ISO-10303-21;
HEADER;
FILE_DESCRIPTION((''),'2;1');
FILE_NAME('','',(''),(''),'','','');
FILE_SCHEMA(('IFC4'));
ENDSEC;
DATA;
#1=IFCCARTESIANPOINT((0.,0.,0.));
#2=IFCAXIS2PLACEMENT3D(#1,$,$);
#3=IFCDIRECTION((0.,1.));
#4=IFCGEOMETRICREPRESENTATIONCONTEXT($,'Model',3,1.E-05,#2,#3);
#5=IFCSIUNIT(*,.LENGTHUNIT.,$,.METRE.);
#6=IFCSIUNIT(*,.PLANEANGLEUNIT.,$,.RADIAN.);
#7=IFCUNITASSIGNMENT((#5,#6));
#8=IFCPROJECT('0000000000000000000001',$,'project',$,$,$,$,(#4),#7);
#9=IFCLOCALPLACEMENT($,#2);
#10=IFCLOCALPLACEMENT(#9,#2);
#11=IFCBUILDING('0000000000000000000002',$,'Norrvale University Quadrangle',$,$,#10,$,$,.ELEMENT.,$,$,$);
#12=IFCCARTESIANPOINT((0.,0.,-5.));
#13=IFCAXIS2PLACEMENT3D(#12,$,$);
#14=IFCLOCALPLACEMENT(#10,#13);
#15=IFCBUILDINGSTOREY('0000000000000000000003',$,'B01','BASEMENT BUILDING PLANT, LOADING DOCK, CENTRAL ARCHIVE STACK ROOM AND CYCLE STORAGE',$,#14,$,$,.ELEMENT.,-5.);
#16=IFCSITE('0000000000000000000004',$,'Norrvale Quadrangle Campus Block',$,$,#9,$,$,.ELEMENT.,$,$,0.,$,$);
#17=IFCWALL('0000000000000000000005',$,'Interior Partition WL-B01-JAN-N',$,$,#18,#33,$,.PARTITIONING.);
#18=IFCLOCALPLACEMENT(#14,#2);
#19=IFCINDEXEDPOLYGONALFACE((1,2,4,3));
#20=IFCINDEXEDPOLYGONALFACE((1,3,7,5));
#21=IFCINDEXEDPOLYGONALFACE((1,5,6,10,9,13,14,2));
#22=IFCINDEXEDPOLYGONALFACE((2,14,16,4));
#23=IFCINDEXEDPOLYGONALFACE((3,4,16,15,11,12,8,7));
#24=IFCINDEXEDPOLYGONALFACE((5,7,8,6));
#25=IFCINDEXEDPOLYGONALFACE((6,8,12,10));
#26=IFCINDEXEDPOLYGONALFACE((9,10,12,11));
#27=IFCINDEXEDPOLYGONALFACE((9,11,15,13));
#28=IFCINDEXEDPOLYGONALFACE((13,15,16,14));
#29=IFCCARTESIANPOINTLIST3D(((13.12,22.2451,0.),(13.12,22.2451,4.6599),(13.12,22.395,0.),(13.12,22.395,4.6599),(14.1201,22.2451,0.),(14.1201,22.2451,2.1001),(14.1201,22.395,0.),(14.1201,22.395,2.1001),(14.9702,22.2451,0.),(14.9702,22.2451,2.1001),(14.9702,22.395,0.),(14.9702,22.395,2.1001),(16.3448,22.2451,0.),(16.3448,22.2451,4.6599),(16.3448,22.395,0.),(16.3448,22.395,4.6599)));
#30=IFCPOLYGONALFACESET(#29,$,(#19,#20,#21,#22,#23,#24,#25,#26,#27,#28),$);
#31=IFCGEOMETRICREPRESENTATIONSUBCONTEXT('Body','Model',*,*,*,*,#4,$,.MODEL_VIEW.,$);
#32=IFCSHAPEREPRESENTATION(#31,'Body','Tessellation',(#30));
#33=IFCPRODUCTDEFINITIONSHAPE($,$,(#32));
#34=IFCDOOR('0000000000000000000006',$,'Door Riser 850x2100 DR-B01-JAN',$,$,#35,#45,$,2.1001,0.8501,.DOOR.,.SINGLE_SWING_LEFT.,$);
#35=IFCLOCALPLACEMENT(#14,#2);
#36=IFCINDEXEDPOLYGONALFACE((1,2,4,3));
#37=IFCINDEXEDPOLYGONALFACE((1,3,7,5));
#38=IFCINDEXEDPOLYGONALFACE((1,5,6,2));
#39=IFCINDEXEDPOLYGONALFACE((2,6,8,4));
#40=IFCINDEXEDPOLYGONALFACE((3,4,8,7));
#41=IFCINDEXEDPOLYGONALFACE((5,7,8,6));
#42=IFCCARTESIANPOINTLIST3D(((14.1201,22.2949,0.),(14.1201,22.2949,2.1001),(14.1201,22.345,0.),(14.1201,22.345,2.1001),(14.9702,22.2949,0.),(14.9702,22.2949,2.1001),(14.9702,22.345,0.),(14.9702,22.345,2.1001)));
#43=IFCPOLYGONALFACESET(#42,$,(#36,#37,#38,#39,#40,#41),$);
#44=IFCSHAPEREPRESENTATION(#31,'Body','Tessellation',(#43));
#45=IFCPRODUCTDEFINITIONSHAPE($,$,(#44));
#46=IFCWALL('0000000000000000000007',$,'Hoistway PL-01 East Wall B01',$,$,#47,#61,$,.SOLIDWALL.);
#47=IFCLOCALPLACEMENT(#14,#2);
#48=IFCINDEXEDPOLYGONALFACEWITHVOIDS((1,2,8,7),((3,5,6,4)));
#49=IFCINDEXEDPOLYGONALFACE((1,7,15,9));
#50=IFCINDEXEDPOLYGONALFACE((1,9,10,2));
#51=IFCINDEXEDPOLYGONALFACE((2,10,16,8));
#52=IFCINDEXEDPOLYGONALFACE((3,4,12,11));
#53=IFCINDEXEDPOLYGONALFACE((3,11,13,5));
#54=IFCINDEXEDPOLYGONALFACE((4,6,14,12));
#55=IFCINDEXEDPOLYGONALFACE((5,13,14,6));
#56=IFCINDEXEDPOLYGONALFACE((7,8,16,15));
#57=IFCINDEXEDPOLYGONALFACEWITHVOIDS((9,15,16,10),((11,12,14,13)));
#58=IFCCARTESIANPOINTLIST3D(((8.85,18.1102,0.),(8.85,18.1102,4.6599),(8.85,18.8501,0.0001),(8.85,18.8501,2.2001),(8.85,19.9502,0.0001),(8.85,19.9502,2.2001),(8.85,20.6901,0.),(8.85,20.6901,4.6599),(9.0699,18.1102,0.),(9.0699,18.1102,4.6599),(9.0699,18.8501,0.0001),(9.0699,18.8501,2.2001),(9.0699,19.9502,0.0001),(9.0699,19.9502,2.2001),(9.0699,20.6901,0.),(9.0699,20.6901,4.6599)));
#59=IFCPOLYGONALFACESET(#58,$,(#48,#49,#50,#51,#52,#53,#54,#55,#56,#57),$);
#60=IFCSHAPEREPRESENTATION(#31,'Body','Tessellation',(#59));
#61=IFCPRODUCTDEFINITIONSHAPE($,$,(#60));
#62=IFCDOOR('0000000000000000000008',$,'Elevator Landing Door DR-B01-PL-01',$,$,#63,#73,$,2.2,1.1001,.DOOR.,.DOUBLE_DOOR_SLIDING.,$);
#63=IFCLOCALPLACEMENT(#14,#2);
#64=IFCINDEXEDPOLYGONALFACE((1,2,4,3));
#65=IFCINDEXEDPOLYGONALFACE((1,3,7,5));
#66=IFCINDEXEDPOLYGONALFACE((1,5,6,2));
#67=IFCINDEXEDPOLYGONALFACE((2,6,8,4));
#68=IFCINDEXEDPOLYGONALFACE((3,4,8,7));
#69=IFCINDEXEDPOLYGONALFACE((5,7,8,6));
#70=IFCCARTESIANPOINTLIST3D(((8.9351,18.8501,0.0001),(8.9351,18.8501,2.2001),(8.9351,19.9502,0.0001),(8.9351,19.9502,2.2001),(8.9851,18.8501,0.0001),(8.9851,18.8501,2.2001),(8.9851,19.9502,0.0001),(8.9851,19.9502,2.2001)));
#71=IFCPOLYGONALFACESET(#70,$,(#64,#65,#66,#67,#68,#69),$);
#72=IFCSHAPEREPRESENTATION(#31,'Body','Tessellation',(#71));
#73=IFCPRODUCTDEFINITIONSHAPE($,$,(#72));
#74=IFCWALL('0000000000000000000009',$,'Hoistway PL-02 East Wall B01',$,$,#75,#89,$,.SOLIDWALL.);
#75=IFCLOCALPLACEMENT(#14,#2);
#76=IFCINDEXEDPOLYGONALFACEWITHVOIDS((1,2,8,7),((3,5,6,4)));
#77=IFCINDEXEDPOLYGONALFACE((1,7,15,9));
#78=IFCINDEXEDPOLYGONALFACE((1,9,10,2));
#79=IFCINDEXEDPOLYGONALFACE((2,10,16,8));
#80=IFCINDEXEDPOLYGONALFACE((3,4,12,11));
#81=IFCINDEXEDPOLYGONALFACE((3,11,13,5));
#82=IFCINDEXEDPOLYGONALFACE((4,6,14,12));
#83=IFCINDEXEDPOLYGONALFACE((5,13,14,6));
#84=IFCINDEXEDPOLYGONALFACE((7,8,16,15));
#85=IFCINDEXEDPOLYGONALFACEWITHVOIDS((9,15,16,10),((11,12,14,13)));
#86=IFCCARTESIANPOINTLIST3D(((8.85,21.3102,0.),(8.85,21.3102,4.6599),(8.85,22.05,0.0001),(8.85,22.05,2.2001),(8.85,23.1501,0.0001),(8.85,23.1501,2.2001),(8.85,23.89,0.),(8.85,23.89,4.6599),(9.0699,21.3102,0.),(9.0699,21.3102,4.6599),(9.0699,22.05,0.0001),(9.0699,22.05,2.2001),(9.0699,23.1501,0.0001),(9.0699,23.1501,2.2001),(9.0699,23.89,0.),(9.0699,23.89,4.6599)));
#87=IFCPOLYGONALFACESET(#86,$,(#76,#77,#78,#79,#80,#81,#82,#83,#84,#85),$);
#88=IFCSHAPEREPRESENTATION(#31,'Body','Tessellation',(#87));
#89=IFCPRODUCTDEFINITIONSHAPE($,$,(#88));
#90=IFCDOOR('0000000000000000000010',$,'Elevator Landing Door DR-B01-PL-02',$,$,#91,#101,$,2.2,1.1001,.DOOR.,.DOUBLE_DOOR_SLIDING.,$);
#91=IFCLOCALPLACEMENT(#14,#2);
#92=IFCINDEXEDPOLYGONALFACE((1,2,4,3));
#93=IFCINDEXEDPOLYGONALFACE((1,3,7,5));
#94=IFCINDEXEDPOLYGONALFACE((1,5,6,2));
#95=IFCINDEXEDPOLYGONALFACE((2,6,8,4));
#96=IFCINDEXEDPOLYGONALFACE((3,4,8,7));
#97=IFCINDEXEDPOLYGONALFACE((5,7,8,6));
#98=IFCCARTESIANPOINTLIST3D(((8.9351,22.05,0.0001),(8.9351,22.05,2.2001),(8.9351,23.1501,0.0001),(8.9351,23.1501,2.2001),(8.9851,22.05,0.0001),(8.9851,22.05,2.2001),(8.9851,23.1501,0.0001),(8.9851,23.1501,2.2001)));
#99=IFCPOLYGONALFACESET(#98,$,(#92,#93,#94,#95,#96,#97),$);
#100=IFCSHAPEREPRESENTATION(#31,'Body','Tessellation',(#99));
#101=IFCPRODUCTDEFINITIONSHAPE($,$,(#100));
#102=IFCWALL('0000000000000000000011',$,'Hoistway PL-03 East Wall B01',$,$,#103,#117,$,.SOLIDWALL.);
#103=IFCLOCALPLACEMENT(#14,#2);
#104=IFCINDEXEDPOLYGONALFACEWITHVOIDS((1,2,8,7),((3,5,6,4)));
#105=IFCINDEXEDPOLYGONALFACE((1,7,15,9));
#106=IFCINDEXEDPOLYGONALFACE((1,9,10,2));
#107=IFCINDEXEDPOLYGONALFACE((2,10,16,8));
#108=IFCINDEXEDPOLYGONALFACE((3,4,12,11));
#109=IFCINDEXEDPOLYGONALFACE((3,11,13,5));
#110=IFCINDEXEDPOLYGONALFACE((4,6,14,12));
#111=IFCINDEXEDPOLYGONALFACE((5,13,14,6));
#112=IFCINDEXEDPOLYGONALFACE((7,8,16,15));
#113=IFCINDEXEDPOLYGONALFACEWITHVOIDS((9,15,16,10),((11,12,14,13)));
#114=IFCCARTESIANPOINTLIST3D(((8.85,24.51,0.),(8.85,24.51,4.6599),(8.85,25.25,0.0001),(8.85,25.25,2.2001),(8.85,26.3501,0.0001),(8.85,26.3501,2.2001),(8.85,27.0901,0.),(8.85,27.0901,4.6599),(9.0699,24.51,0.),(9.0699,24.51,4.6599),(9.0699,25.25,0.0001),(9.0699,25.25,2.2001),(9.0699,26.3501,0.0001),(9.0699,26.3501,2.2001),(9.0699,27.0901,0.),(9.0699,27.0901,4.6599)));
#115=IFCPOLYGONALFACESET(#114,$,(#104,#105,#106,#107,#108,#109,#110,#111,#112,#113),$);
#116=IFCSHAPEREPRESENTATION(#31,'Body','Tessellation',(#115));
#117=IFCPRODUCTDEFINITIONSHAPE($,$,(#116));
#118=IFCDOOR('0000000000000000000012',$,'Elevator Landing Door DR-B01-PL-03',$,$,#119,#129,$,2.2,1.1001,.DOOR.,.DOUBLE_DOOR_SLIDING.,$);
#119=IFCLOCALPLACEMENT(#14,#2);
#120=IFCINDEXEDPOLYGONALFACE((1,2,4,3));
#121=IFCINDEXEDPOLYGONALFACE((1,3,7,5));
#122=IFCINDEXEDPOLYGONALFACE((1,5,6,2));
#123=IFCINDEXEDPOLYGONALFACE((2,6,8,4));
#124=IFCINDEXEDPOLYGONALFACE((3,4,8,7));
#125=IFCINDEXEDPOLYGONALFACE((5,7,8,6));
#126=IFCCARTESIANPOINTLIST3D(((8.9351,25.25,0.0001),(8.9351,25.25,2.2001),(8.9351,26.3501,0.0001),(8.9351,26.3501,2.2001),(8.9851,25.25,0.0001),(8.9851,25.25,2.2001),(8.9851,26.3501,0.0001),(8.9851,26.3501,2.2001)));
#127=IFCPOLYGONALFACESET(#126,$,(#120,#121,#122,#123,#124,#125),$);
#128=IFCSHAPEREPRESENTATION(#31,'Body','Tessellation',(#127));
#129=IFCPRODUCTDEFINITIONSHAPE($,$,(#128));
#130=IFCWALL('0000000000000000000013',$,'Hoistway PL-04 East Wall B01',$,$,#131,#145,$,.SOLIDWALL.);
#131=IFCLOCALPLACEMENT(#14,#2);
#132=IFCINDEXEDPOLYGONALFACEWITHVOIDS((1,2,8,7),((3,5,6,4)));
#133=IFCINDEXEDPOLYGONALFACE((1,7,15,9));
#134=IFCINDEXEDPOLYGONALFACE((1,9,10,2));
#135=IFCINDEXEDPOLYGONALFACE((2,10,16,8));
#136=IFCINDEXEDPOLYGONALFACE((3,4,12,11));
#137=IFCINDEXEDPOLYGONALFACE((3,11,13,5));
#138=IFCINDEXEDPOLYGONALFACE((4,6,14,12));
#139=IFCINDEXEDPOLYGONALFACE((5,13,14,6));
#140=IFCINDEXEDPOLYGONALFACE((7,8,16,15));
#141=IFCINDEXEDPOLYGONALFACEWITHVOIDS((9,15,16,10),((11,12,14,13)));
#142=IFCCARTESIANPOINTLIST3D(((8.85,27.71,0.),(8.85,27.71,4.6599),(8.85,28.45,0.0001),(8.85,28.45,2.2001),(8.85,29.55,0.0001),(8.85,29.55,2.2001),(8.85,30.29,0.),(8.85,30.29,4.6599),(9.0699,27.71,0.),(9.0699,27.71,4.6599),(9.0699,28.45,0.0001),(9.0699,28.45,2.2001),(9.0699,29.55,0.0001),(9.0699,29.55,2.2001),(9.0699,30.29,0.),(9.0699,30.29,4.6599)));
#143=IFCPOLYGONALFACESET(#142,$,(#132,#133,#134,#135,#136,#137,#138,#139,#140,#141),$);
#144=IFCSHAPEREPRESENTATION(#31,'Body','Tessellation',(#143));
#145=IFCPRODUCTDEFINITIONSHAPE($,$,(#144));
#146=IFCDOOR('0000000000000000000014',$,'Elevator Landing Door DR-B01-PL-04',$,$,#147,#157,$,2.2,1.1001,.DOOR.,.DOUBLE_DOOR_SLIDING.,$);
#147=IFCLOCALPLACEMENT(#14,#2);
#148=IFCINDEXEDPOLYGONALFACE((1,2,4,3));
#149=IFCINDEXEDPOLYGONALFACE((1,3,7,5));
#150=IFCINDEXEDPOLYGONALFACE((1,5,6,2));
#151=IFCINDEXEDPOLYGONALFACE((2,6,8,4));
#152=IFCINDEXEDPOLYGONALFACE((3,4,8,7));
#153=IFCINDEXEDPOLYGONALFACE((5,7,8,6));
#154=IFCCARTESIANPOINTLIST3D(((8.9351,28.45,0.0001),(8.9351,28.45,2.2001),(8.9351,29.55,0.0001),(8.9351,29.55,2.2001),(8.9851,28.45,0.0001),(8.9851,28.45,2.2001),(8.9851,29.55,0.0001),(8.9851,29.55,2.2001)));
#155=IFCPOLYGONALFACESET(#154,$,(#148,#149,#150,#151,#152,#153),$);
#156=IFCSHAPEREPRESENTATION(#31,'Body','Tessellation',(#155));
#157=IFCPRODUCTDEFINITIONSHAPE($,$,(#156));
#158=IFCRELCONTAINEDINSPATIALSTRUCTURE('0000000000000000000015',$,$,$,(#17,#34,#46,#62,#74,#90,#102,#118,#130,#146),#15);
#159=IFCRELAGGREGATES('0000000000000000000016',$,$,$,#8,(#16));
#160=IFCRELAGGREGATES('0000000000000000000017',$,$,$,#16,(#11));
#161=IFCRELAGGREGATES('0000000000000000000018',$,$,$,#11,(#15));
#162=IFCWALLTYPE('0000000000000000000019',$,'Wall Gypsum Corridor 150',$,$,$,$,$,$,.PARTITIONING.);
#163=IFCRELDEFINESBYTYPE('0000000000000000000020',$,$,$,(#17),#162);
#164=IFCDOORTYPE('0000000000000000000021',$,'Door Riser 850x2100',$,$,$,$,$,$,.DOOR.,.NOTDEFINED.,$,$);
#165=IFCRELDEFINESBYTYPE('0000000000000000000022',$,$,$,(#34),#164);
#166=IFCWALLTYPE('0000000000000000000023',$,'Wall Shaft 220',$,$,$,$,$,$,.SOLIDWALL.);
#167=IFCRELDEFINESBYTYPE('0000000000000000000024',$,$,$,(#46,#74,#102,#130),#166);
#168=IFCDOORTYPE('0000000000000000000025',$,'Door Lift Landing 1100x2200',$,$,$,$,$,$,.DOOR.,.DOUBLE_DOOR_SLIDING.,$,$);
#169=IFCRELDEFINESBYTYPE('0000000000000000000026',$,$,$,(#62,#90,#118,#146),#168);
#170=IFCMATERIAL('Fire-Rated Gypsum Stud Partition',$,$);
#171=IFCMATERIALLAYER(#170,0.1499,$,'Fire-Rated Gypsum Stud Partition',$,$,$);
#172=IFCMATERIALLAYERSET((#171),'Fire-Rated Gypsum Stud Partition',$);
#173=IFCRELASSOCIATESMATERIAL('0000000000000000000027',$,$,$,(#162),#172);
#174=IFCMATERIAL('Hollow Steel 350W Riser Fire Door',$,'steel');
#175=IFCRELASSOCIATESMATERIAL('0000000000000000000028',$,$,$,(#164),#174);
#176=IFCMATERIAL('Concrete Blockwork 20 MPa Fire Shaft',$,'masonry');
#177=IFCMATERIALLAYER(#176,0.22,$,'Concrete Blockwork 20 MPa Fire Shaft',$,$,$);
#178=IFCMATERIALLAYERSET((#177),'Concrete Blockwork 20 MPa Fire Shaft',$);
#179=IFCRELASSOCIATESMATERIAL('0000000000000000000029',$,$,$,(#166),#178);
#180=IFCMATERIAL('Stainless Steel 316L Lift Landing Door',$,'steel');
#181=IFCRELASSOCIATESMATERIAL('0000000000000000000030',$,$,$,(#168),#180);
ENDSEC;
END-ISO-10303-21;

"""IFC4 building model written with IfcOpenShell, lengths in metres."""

from ifc_helpers import new_model, si_unit, direction, frame, frame_2d, origin, place, context, subcontext, project, spatial, rectangle, extrude, material, layer, layer_set, type_object, element, fill, save


model = new_model("IFC4")

# Units and contexts
model_context = context("Model", 3, precision=1e-05, world=origin(), true_north=direction((0.0, 1.0)))
body_context = subcontext(model_context, "Body", "Model", "MODEL_VIEW")
ifc_project = project(units=[si_unit("LENGTHUNIT", "METRE"), si_unit("PLANEANGLEUNIT", "RADIAN")], contexts=[model_context])

# Site, building, storey
site_placement = place(None, origin())
site = spatial("IfcSite", under=ifc_project, at=site_placement, Name="Norrvale Quadrangle Campus Block", CompositionType="ELEMENT", RefElevation=0.0)
building_placement = place(site_placement, origin())
building = spatial("IfcBuilding", under=site, at=building_placement, Name="Norrvale University Quadrangle", CompositionType="ELEMENT")
storey_placement = place(building_placement, frame((0.0, 0.0, -5.0)))
storey = spatial("IfcBuildingStorey", under=building, at=storey_placement, Name="B01", Description="BASEMENT BUILDING PLANT, LOADING DOCK, CENTRAL ARCHIVE STACK ROOM AND CYCLE STORAGE", CompositionType="ELEMENT", Elevation=-5.0)

# Walls, openings, doors
ifc_material_1 = material(Name="Fire-Rated Gypsum Stud Partition")
ifc_layer_1 = layer(ifc_material_1, 0.1499, Name="Fire-Rated Gypsum Stud Partition")
ifc_layer_set_1 = layer_set([ifc_layer_1], Name="Fire-Rated Gypsum Stud Partition")
wall_type_1 = type_object("IfcWallType", Name="Wall Gypsum Corridor 150", PredefinedType="PARTITIONING", material=ifc_layer_set_1)
wall_1_placement = place(storey_placement, frame((13.1201, 22.3201, 0.0), z_axis=(0.0, 0.0, 1.0), x_axis=(1.0, 0.0, 0.0)))
wall_1 = element("IfcWall", 1, at=wall_1_placement, inside=storey, type_object=wall_type_1, Name="Interior Partition WL-B01-JAN-N", PredefinedType="PARTITIONING", context=body_context, shape_type="SweptSolid", body=[
    extrude(rectangle(XDim=3.2249, YDim=0.1499, at=frame_2d((1.6123, 0.0))), origin(), (0.0, 0.0, 1.0), 4.6599),
])
opening_1_placement = place(wall_1_placement, frame((1.0, 0.0, 0.0)))
opening_1 = element("IfcOpeningElement", 2, at=opening_1_placement, cuts=wall_1, PredefinedType="OPENING", context=body_context, shape_type="SweptSolid", body=[
    extrude(rectangle(XDim=0.8501, YDim=2.1001, at=frame_2d((0.425, 1.05))), frame((0.0, 0.0869, 0.0), z_axis=(0.0, -1.0, 0.0), x_axis=(1.0, 0.0, 0.0)), (0.0, 0.0, 1.0), 0.1738),
])
ifc_material_2 = material(Name="Hollow Steel 350W Riser Fire Door", Category="steel")
door_type_1 = type_object("IfcDoorType", Name="Door Riser 850x2100", OperationType="NOTDEFINED", PredefinedType="DOOR", material=ifc_material_2)
door_1_placement = place(opening_1_placement, origin())
door_1 = element("IfcDoor", 3, at=door_1_placement, inside=storey, type_object=door_type_1, Name="Door Riser 850x2100 DR-B01-JAN", OperationType="SINGLE_SWING_LEFT", OverallHeight=2.1001, OverallWidth=0.8501, PredefinedType="DOOR", context=body_context, shape_type="SweptSolid", body=[
    extrude(rectangle(XDim=0.8501, YDim=2.1001, at=frame_2d((0.425, 1.05))), frame((0.0, 0.0249, 0.0), z_axis=(0.0, -1.0, 0.0), x_axis=(1.0, 0.0, 0.0)), (0.0, 0.0, 1.0), 0.05),
])
fill(opening_1, door_1)
ifc_material_3 = material(Name="Concrete Blockwork 20 MPa Fire Shaft", Category="masonry")
ifc_layer_2 = layer(ifc_material_3, 0.22, Name="Concrete Blockwork 20 MPa Fire Shaft")
ifc_layer_set_2 = layer_set([ifc_layer_2], Name="Concrete Blockwork 20 MPa Fire Shaft")
wall_type_2 = type_object("IfcWallType", Name="Wall Shaft 220", PredefinedType="SOLIDWALL", material=ifc_layer_set_2)
wall_2_placement = place(storey_placement, frame((8.96, 18.1101, 0.0), z_axis=(0.0, 0.0, 1.0), x_axis=(0.0, 1.0, 0.0)))
wall_2 = element("IfcWall", 4, at=wall_2_placement, inside=storey, type_object=wall_type_2, Name="Hoistway PL-01 East Wall B01", PredefinedType="SOLIDWALL", context=body_context, shape_type="SweptSolid", body=[
    extrude(rectangle(XDim=2.5798, YDim=0.22, at=frame_2d((1.29, 0.0))), origin(), (0.0, 0.0, 1.0), 4.6599),
])
opening_2_placement = place(wall_2_placement, frame((0.74, 0.0, 0.0)))
opening_2 = element("IfcOpeningElement", 5, at=opening_2_placement, cuts=wall_2, PredefinedType="OPENING", context=body_context, shape_type="SweptSolid", body=[
    extrude(rectangle(XDim=1.1001, YDim=2.2, at=frame_2d((0.55, 1.1001))), frame((0.0, 0.1221, 0.0), z_axis=(0.0, -1.0, 0.0), x_axis=(1.0, 0.0, 0.0)), (0.0, 0.0, 1.0), 0.2439),
])
ifc_material_4 = material(Name="Stainless Steel 316L Lift Landing Door", Category="steel")
door_type_2 = type_object("IfcDoorType", Name="Door Lift Landing 1100x2200", OperationType="DOUBLE_DOOR_SLIDING", PredefinedType="DOOR", material=ifc_material_4)
door_2_placement = place(opening_2_placement, origin())
door_2 = element("IfcDoor", 6, at=door_2_placement, inside=storey, type_object=door_type_2, Name="Elevator Landing Door DR-B01-PL-01", OperationType="DOUBLE_DOOR_SLIDING", OverallHeight=2.2, OverallWidth=1.1001, PredefinedType="DOOR", context=body_context, shape_type="SweptSolid", body=[
    extrude(rectangle(XDim=1.1001, YDim=2.2, at=frame_2d((0.55, 1.1001))), frame((0.0, 0.0249, 0.0), z_axis=(0.0, -1.0, 0.0), x_axis=(1.0, 0.0, 0.0)), (0.0, 0.0, 1.0), 0.05),
])
fill(opening_2, door_2)
wall_3_placement = place(storey_placement, frame((8.96, 21.3101, 0.0), z_axis=(0.0, 0.0, 1.0), x_axis=(0.0, 1.0, 0.0)))
wall_3 = element("IfcWall", 7, at=wall_3_placement, inside=storey, type_object=wall_type_2, Name="Hoistway PL-02 East Wall B01", PredefinedType="SOLIDWALL", context=body_context, shape_type="SweptSolid", body=[
    extrude(rectangle(XDim=2.5798, YDim=0.22, at=frame_2d((1.29, 0.0))), origin(), (0.0, 0.0, 1.0), 4.6599),
])
opening_3_placement = place(wall_3_placement, frame((0.74, 0.0, 0.0)))
opening_3 = element("IfcOpeningElement", 8, at=opening_3_placement, cuts=wall_3, PredefinedType="OPENING", context=body_context, shape_type="SweptSolid", body=[
    extrude(rectangle(XDim=1.1001, YDim=2.2, at=frame_2d((0.55, 1.1001))), frame((0.0, 0.1221, 0.0), z_axis=(0.0, -1.0, 0.0), x_axis=(1.0, 0.0, 0.0)), (0.0, 0.0, 1.0), 0.2439),
])
door_3_placement = place(opening_3_placement, origin())
door_3 = element("IfcDoor", 9, at=door_3_placement, inside=storey, type_object=door_type_2, Name="Elevator Landing Door DR-B01-PL-02", OperationType="DOUBLE_DOOR_SLIDING", OverallHeight=2.2, OverallWidth=1.1001, PredefinedType="DOOR", context=body_context, shape_type="SweptSolid", body=[
    extrude(rectangle(XDim=1.1001, YDim=2.2, at=frame_2d((0.55, 1.1001))), frame((0.0, 0.0249, 0.0), z_axis=(0.0, -1.0, 0.0), x_axis=(1.0, 0.0, 0.0)), (0.0, 0.0, 1.0), 0.05),
])
fill(opening_3, door_3)
wall_4_placement = place(storey_placement, frame((8.96, 24.51, 0.0), z_axis=(0.0, 0.0, 1.0), x_axis=(0.0, 1.0, 0.0)))
wall_4 = element("IfcWall", 10, at=wall_4_placement, inside=storey, type_object=wall_type_2, Name="Hoistway PL-03 East Wall B01", PredefinedType="SOLIDWALL", context=body_context, shape_type="SweptSolid", body=[
    extrude(rectangle(XDim=2.5801, YDim=0.22, at=frame_2d((1.29, 0.0))), origin(), (0.0, 0.0, 1.0), 4.6599),
])
opening_4_placement = place(wall_4_placement, frame((0.74, 0.0, 0.0)))
opening_4 = element("IfcOpeningElement", 11, at=opening_4_placement, cuts=wall_4, PredefinedType="OPENING", context=body_context, shape_type="SweptSolid", body=[
    extrude(rectangle(XDim=1.1001, YDim=2.2, at=frame_2d((0.55, 1.1001))), frame((0.0, 0.1221, 0.0), z_axis=(0.0, -1.0, 0.0), x_axis=(1.0, 0.0, 0.0)), (0.0, 0.0, 1.0), 0.2439),
])
door_4_placement = place(opening_4_placement, origin())
door_4 = element("IfcDoor", 12, at=door_4_placement, inside=storey, type_object=door_type_2, Name="Elevator Landing Door DR-B01-PL-03", OperationType="DOUBLE_DOOR_SLIDING", OverallHeight=2.2, OverallWidth=1.1001, PredefinedType="DOOR", context=body_context, shape_type="SweptSolid", body=[
    extrude(rectangle(XDim=1.1001, YDim=2.2, at=frame_2d((0.55, 1.1001))), frame((0.0, 0.0249, 0.0), z_axis=(0.0, -1.0, 0.0), x_axis=(1.0, 0.0, 0.0)), (0.0, 0.0, 1.0), 0.05),
])
fill(opening_4, door_4)
wall_5_placement = place(storey_placement, frame((8.96, 27.71, 0.0), z_axis=(0.0, 0.0, 1.0), x_axis=(0.0, 1.0, 0.0)))
wall_5 = element("IfcWall", 13, at=wall_5_placement, inside=storey, type_object=wall_type_2, Name="Hoistway PL-04 East Wall B01", PredefinedType="SOLIDWALL", context=body_context, shape_type="SweptSolid", body=[
    extrude(rectangle(XDim=2.5801, YDim=0.22, at=frame_2d((1.29, 0.0))), origin(), (0.0, 0.0, 1.0), 4.6599),
])
opening_5_placement = place(wall_5_placement, frame((0.74, 0.0, 0.0)))
opening_5 = element("IfcOpeningElement", 14, at=opening_5_placement, cuts=wall_5, PredefinedType="OPENING", context=body_context, shape_type="SweptSolid", body=[
    extrude(rectangle(XDim=1.1001, YDim=2.2, at=frame_2d((0.55, 1.1001))), frame((0.0, 0.1221, 0.0), z_axis=(0.0, -1.0, 0.0), x_axis=(1.0, 0.0, 0.0)), (0.0, 0.0, 1.0), 0.2439),
])
door_5_placement = place(opening_5_placement, origin())
door_5 = element("IfcDoor", 15, at=door_5_placement, inside=storey, type_object=door_type_2, Name="Elevator Landing Door DR-B01-PL-04", OperationType="DOUBLE_DOOR_SLIDING", OverallHeight=2.2, OverallWidth=1.1001, PredefinedType="DOOR", context=body_context, shape_type="SweptSolid", body=[
    extrude(rectangle(XDim=1.1001, YDim=2.2, at=frame_2d((0.55, 1.1001))), frame((0.0, 0.0249, 0.0), z_axis=(0.0, -1.0, 0.0), x_axis=(1.0, 0.0, 0.0)), (0.0, 0.0, 1.0), 0.05),
])
fill(opening_5, door_5)

save(model, "model.ifc")
